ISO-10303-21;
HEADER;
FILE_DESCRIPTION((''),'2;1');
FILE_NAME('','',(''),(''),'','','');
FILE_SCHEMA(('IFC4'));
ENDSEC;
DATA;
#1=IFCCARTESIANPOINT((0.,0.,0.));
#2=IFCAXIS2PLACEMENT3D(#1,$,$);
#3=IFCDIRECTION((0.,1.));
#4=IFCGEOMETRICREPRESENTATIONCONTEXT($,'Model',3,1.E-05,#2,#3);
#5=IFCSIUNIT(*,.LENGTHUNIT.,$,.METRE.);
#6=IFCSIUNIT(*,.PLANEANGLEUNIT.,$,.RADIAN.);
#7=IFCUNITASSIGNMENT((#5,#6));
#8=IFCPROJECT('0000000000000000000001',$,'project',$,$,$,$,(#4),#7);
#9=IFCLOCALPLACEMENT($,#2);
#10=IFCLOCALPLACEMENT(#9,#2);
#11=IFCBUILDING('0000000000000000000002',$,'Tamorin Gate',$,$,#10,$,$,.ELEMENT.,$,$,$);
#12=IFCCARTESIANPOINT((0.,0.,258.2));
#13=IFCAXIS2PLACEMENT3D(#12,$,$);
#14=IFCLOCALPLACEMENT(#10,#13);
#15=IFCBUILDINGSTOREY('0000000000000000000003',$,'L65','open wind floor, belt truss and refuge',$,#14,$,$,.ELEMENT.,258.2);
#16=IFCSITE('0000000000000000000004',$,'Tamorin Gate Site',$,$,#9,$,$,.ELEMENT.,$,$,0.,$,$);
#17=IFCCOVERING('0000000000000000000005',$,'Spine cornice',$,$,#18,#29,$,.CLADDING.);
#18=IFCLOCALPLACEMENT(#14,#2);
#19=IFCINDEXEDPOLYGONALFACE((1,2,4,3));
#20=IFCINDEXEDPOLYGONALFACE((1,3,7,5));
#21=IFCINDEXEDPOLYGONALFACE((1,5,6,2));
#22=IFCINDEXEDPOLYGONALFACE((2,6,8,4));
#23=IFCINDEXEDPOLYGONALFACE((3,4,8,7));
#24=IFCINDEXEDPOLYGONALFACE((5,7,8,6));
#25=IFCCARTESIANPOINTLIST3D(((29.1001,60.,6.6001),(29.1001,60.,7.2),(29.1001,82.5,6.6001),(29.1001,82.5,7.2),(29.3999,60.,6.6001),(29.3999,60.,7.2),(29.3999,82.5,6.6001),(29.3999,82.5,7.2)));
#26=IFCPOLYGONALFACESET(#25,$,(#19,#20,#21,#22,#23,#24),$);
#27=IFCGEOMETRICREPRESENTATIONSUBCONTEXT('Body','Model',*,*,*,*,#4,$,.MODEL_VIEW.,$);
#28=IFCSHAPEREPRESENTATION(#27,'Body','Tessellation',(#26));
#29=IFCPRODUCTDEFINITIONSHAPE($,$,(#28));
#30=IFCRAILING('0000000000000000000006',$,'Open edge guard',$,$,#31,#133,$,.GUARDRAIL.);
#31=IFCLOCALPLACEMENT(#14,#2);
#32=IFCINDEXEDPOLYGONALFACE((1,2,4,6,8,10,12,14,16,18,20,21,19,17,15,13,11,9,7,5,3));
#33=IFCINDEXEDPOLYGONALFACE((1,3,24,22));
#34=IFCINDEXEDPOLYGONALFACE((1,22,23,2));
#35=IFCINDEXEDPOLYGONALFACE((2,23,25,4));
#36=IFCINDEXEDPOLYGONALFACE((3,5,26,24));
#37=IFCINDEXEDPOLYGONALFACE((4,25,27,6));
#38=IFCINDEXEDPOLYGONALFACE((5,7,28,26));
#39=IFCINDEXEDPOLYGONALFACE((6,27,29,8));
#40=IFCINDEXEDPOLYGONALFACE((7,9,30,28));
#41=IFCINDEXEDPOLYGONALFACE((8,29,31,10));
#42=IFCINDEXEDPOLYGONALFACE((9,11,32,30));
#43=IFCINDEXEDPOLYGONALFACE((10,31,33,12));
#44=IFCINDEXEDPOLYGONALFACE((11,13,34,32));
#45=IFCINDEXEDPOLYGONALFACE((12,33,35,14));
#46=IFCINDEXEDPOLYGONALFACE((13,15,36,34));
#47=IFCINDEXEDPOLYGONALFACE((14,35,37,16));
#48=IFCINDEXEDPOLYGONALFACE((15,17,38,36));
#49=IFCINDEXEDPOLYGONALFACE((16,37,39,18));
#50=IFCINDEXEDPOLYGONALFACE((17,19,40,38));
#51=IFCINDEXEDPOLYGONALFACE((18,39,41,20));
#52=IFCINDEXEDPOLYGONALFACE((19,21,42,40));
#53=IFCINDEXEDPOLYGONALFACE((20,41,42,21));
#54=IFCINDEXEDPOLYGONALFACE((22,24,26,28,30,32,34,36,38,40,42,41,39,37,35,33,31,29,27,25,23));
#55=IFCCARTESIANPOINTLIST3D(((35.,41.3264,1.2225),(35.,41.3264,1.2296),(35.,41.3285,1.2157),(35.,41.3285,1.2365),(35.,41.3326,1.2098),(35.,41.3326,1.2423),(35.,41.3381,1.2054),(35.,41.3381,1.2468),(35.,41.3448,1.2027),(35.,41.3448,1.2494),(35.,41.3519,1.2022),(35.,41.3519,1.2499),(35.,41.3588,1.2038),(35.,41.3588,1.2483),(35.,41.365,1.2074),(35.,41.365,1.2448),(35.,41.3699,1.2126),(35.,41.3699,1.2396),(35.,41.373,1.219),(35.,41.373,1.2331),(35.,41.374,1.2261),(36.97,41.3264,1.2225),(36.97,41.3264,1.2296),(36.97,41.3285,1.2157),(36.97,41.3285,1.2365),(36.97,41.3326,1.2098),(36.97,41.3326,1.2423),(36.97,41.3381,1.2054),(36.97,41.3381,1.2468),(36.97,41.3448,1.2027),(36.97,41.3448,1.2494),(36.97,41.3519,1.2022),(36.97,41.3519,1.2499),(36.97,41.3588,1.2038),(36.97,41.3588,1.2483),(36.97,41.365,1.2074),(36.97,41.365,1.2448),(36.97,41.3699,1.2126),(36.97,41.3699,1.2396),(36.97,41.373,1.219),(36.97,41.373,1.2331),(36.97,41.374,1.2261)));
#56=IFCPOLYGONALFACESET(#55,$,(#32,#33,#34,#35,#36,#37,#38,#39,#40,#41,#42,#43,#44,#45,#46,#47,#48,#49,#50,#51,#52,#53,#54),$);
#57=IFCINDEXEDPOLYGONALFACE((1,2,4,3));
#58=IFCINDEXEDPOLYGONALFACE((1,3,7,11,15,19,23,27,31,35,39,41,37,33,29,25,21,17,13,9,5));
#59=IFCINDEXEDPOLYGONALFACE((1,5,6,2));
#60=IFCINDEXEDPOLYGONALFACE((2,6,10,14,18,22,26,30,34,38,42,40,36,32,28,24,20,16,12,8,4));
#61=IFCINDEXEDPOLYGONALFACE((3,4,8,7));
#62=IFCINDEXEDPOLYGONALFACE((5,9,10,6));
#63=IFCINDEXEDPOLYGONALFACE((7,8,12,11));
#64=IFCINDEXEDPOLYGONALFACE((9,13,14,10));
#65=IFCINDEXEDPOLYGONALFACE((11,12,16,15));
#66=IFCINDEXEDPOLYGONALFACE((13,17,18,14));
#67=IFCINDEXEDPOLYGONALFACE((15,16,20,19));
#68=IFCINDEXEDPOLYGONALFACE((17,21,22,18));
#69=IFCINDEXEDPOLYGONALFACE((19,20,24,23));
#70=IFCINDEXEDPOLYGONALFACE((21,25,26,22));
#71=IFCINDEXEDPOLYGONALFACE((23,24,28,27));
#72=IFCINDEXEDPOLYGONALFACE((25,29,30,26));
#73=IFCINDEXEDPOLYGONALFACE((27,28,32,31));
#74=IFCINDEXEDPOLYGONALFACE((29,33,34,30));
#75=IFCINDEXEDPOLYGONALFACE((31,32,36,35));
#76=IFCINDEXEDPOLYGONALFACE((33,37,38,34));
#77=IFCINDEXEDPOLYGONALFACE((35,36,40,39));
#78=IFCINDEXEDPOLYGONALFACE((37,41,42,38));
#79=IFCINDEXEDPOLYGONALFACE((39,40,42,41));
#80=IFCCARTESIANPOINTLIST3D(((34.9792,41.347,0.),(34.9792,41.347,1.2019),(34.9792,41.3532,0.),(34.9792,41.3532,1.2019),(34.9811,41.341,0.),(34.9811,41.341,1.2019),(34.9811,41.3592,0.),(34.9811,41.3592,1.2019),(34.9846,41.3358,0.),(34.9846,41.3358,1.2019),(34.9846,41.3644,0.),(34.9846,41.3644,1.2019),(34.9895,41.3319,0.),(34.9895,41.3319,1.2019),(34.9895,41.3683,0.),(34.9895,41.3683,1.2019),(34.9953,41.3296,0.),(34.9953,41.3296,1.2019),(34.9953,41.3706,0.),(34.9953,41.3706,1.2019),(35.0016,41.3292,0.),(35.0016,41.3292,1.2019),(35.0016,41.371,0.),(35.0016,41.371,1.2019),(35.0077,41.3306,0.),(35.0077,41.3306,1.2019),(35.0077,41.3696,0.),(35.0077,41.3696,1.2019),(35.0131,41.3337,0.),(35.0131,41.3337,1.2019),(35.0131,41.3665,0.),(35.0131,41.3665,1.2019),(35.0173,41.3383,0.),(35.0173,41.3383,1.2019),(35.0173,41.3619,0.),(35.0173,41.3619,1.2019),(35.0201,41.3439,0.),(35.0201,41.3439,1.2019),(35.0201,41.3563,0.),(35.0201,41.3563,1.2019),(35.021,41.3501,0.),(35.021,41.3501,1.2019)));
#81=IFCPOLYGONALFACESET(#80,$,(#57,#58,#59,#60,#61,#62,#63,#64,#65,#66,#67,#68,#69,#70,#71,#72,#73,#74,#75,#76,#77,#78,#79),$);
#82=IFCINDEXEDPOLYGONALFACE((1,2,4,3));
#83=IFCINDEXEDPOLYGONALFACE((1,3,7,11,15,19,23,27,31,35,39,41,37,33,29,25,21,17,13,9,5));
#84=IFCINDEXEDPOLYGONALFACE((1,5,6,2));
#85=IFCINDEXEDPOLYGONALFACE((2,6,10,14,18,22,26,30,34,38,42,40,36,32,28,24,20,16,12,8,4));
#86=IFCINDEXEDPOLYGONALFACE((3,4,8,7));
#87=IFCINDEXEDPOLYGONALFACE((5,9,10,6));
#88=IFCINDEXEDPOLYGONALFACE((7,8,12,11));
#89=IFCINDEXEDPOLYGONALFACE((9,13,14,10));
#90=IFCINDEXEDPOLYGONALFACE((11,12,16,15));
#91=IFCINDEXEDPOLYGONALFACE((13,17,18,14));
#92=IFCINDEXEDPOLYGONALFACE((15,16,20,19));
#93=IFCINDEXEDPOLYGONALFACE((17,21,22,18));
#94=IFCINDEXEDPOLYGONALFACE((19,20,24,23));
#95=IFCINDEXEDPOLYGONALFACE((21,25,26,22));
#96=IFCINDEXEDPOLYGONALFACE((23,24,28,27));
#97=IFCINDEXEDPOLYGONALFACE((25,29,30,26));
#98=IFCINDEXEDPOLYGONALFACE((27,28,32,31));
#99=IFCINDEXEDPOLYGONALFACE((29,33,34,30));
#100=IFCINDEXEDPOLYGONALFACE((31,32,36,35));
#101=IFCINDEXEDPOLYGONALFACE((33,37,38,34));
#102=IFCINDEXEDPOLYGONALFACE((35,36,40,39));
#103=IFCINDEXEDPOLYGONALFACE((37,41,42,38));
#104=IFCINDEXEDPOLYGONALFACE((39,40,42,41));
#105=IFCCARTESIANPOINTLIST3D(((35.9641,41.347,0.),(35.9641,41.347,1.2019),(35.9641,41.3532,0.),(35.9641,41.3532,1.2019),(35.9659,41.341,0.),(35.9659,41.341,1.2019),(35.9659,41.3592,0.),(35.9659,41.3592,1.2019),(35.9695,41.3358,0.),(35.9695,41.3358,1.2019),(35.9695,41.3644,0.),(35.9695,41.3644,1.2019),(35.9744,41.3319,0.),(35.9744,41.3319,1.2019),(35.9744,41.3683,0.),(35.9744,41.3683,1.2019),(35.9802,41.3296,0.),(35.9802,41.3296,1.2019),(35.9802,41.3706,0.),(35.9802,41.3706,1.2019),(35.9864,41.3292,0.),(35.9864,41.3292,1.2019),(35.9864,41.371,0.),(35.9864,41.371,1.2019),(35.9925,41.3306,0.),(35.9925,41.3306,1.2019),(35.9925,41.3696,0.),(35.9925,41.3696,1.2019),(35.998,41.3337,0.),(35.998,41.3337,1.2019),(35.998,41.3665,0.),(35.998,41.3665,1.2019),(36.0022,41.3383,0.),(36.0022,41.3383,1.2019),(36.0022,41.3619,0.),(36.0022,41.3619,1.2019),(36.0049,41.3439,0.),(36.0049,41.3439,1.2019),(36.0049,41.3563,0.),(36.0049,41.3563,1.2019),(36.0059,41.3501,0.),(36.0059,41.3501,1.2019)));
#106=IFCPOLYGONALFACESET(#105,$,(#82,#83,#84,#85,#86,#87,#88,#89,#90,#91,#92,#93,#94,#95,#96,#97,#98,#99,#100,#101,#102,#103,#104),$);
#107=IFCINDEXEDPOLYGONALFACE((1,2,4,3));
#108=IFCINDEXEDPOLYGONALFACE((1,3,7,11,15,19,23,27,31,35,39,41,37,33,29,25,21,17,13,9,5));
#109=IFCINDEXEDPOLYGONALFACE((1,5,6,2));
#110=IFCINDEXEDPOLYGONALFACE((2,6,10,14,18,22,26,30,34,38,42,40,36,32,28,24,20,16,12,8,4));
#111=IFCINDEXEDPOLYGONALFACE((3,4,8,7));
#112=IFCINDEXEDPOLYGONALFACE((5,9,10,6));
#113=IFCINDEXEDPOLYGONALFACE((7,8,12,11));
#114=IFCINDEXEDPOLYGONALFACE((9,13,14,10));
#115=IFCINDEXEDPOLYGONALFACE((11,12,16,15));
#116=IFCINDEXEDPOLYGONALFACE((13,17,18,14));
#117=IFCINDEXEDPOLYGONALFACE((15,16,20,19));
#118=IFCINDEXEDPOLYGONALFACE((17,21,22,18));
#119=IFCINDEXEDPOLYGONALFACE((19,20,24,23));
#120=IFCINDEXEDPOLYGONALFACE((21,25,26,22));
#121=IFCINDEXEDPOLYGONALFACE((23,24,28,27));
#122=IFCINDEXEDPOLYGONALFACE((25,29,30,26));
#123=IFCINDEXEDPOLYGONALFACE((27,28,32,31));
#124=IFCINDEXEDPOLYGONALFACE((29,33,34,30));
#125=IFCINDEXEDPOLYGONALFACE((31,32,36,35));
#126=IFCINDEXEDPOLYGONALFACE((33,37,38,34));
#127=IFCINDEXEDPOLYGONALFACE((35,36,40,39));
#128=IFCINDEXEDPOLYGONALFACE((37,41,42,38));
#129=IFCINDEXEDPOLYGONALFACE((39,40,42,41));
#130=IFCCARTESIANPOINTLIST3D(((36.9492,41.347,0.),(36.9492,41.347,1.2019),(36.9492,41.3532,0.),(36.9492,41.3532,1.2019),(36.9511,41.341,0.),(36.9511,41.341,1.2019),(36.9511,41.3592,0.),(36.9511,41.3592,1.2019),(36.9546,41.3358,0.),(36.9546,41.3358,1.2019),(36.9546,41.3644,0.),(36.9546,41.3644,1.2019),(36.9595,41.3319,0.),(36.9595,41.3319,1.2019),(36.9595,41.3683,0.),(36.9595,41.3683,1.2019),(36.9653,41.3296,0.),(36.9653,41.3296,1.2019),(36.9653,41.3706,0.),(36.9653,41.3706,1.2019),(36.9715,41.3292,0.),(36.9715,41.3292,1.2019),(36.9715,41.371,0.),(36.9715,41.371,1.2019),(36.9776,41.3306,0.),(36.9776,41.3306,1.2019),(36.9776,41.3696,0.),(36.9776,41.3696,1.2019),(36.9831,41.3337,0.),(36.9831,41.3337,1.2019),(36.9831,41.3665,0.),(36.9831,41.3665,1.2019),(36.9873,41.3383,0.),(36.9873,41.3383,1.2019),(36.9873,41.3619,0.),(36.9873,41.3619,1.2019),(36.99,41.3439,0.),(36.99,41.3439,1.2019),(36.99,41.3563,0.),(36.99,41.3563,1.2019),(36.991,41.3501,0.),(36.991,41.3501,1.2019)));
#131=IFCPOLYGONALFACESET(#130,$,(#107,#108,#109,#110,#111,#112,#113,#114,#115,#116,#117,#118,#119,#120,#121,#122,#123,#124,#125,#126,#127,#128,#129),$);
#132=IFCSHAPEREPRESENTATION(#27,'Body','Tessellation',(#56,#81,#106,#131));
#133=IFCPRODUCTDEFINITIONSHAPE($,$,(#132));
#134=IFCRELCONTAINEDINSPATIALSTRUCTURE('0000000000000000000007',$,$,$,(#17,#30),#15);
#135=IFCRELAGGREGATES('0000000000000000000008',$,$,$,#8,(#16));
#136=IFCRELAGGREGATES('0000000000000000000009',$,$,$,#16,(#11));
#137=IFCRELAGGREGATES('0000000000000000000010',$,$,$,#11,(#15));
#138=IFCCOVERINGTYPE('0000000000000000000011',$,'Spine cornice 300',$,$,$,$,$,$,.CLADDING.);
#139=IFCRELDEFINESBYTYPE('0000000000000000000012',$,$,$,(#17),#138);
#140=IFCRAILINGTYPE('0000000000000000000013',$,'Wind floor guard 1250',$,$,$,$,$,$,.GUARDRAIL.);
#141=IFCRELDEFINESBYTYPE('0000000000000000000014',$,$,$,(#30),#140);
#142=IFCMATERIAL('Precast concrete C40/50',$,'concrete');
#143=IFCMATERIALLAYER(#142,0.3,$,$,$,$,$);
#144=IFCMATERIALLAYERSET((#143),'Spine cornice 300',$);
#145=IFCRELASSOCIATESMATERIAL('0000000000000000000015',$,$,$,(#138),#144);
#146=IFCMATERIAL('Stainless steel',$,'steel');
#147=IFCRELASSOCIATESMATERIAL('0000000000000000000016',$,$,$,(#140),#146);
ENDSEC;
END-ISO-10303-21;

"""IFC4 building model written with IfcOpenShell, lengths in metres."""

from ifc_helpers import new_model, si_unit, direction, frame, origin, origin_2d, place, context, subcontext, project, spatial, polyline, circle, outline, extrude, material, layer, layer_set, type_object, element, save


model = new_model("IFC4")

# Units and contexts
model_context = context("Model", 3, precision=1e-05, world=origin(), true_north=direction((0.0, 1.0)))
body_context = subcontext(model_context, "Body", "Model", "MODEL_VIEW")
ifc_project = project(units=[si_unit("LENGTHUNIT", "METRE"), si_unit("PLANEANGLEUNIT", "RADIAN")], contexts=[model_context])

# Site, building, storey
site_placement = place(None, origin())
site = spatial("IfcSite", under=ifc_project, at=site_placement, Name="Tamorin Gate Site", CompositionType="ELEMENT", RefElevation=0.0)
building_placement = place(site_placement, origin())
building = spatial("IfcBuilding", under=site, at=building_placement, Name="Tamorin Gate", CompositionType="ELEMENT")
storey_placement = place(building_placement, frame((0.0, 0.0, 258.2)))
storey = spatial("IfcBuildingStorey", under=building, at=storey_placement, Name="L65", Description="open wind floor, belt truss and refuge", CompositionType="ELEMENT", Elevation=258.2)

# Covering
ifc_material_1 = material(Name="Precast concrete C40/50", Category="concrete")
ifc_layer_1 = layer(ifc_material_1, 0.3)
ifc_layer_set_1 = layer_set([ifc_layer_1], Name="Spine cornice 300")
covering_type = type_object("IfcCoveringType", Name="Spine cornice 300", PredefinedType="CLADDING", material=ifc_layer_set_1)
covering_placement = place(storey_placement, frame((0.0, 0.0, 6.6001)))
element("IfcCovering", 1, at=covering_placement, inside=storey, type_object=covering_type, Name="Spine cornice", PredefinedType="CLADDING", context=body_context, shape_type="SweptSolid", body=[
    extrude(outline(polyline([(29.1001, 60.0), (29.3999, 60.0), (29.3999, 82.5), (29.1001, 82.5), (29.1001, 60.0)])), origin(), (0.0, 0.0, 1.0), 0.5999),
])

# Railing
ifc_material_2 = material(Name="Stainless steel", Category="steel")
railing_type = type_object("IfcRailingType", Name="Wind floor guard 1250", PredefinedType="GUARDRAIL", material=ifc_material_2)
railing_placement = place(storey_placement, frame((35.0, 41.3501, 0.0)))
element("IfcRailing", 2, at=railing_placement, inside=storey, type_object=railing_type, Name="Open edge guard", PredefinedType="GUARDRAIL", context=body_context, shape_type="SweptSolid", body=[
    extrude(circle(Radius=0.0239, at=origin_2d()), frame((0.0, 0.0, 1.2261), z_axis=(1.0, 0.0, 0.0), x_axis=(0.0, 1.0, 0.0)), (0.0, 0.0, 1.0), 1.97),
    extrude(circle(Radius=0.021, at=origin_2d()), origin(), (0.0, 0.0, 1.0), 1.2019),
    extrude(circle(Radius=0.021, at=origin_2d()), frame((0.9849, 0.0, 0.0)), (0.0, 0.0, 1.0), 1.2019),
    extrude(circle(Radius=0.021, at=origin_2d()), frame((1.97, 0.0, 0.0)), (0.0, 0.0, 1.0), 1.2019),
])

save(model, "model.ifc")
